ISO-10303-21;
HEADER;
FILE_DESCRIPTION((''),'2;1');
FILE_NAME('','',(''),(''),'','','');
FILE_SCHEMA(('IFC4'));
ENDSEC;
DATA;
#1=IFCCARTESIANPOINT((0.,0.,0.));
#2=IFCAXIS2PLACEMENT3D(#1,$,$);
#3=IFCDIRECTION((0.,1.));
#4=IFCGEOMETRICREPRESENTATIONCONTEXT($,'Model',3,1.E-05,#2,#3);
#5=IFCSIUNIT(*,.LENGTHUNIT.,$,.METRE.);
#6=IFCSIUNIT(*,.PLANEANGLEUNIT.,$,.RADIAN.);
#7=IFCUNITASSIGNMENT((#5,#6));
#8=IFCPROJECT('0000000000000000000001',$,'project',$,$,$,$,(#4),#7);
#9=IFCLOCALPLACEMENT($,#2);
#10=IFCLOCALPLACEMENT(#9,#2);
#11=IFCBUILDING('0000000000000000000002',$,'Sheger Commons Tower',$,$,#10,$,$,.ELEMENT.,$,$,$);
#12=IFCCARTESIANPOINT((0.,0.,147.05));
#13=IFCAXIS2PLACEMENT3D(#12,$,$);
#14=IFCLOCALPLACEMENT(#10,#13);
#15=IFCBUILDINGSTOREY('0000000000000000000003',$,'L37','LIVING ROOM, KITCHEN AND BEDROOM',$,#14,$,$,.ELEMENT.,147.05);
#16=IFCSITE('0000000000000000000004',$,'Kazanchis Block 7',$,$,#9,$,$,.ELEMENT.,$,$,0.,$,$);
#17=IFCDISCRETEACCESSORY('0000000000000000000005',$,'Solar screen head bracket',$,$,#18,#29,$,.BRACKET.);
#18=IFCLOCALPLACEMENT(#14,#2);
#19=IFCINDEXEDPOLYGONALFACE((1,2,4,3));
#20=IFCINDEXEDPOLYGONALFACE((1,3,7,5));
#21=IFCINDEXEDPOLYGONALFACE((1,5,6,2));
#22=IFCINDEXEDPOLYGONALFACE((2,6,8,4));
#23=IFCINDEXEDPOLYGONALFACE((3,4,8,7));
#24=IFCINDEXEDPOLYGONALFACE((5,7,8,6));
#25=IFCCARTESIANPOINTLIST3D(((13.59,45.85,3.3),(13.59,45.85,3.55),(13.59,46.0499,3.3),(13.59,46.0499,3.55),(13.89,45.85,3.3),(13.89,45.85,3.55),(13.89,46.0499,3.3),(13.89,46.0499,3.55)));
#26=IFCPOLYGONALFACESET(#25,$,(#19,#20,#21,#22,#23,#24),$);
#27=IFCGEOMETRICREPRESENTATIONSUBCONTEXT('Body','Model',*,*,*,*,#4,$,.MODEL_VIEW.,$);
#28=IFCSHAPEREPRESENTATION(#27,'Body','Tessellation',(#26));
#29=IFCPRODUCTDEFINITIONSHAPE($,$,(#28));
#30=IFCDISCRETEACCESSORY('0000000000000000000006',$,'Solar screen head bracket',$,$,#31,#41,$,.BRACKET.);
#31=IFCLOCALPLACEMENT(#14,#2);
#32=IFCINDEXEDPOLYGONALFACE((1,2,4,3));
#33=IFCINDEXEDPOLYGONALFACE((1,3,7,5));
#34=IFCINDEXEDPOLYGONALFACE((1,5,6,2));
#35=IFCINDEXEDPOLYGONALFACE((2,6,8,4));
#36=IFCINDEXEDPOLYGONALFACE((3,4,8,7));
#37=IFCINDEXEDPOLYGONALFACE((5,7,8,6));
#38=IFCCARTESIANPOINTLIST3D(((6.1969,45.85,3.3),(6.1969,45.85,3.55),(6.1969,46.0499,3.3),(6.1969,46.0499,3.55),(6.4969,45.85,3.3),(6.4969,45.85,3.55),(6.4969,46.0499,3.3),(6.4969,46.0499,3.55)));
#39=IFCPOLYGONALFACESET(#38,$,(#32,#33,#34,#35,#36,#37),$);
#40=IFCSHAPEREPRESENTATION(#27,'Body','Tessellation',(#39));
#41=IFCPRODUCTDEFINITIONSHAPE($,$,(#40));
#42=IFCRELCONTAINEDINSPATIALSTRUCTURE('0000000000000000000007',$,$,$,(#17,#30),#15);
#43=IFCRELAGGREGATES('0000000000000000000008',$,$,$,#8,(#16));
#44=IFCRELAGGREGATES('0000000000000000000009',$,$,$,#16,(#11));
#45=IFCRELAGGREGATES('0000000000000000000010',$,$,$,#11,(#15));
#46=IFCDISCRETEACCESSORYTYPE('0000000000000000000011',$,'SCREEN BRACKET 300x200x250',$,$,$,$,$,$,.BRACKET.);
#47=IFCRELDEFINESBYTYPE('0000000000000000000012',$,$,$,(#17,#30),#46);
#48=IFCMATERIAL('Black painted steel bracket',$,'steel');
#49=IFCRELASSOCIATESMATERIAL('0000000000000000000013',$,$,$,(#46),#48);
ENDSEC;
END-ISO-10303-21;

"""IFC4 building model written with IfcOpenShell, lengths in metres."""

from ifc_helpers import new_model, si_unit, direction, frame, origin, origin_2d, place, context, subcontext, project, spatial, rectangle, extrude, material, type_object, element, save


model = new_model("IFC4")

# Units and contexts
model_context = context("Model", 3, precision=1e-05, world=origin(), true_north=direction((0.0, 1.0)))
body_context = subcontext(model_context, "Body", "Model", "MODEL_VIEW")
ifc_project = project(units=[si_unit("LENGTHUNIT", "METRE"), si_unit("PLANEANGLEUNIT", "RADIAN")], contexts=[model_context])

# Site, building, storey
site_placement = place(None, origin())
site = spatial("IfcSite", under=ifc_project, at=site_placement, Name="Kazanchis Block 7", CompositionType="ELEMENT", RefElevation=0.0)
building_placement = place(site_placement, origin())
building = spatial("IfcBuilding", under=site, at=building_placement, Name="Sheger Commons Tower", CompositionType="ELEMENT")
storey_placement = place(building_placement, frame((0.0, 0.0, 147.05)))
storey = spatial("IfcBuildingStorey", under=building, at=storey_placement, Name="L37", Description="LIVING ROOM, KITCHEN AND BEDROOM", CompositionType="ELEMENT", Elevation=147.05)

# Discrete accessories
ifc_material_1 = material(Name="Black painted steel bracket", Category="steel")
discrete_accessory_type = type_object("IfcDiscreteAccessoryType", Name="SCREEN BRACKET 300x200x250", PredefinedType="BRACKET", material=ifc_material_1)
for number, where, z_axis, x_axis, name in (
    (1, (13.74, 45.95, 3.3), (0.0, 0.0, 1.0), (-1.0, 0.0, 0.0), "Solar screen head bracket"),
    (2, (6.3469, 45.95, 3.3), (0.0, 0.0, 1.0), (-1.0, 0.0, 0.0), "Solar screen head bracket"),
):
    element("IfcDiscreteAccessory", number, at=place(storey_placement, frame(where, z_axis=z_axis, x_axis=x_axis)), inside=storey, type_object=discrete_accessory_type, Name=name, PredefinedType="BRACKET", context=body_context, shape_type="SweptSolid", body=[
        extrude(rectangle(XDim=0.3, YDim=0.2, at=origin_2d()), origin(), (0.0, 0.0, 1.0), 0.25),
    ])

save(model, "model.ifc")
